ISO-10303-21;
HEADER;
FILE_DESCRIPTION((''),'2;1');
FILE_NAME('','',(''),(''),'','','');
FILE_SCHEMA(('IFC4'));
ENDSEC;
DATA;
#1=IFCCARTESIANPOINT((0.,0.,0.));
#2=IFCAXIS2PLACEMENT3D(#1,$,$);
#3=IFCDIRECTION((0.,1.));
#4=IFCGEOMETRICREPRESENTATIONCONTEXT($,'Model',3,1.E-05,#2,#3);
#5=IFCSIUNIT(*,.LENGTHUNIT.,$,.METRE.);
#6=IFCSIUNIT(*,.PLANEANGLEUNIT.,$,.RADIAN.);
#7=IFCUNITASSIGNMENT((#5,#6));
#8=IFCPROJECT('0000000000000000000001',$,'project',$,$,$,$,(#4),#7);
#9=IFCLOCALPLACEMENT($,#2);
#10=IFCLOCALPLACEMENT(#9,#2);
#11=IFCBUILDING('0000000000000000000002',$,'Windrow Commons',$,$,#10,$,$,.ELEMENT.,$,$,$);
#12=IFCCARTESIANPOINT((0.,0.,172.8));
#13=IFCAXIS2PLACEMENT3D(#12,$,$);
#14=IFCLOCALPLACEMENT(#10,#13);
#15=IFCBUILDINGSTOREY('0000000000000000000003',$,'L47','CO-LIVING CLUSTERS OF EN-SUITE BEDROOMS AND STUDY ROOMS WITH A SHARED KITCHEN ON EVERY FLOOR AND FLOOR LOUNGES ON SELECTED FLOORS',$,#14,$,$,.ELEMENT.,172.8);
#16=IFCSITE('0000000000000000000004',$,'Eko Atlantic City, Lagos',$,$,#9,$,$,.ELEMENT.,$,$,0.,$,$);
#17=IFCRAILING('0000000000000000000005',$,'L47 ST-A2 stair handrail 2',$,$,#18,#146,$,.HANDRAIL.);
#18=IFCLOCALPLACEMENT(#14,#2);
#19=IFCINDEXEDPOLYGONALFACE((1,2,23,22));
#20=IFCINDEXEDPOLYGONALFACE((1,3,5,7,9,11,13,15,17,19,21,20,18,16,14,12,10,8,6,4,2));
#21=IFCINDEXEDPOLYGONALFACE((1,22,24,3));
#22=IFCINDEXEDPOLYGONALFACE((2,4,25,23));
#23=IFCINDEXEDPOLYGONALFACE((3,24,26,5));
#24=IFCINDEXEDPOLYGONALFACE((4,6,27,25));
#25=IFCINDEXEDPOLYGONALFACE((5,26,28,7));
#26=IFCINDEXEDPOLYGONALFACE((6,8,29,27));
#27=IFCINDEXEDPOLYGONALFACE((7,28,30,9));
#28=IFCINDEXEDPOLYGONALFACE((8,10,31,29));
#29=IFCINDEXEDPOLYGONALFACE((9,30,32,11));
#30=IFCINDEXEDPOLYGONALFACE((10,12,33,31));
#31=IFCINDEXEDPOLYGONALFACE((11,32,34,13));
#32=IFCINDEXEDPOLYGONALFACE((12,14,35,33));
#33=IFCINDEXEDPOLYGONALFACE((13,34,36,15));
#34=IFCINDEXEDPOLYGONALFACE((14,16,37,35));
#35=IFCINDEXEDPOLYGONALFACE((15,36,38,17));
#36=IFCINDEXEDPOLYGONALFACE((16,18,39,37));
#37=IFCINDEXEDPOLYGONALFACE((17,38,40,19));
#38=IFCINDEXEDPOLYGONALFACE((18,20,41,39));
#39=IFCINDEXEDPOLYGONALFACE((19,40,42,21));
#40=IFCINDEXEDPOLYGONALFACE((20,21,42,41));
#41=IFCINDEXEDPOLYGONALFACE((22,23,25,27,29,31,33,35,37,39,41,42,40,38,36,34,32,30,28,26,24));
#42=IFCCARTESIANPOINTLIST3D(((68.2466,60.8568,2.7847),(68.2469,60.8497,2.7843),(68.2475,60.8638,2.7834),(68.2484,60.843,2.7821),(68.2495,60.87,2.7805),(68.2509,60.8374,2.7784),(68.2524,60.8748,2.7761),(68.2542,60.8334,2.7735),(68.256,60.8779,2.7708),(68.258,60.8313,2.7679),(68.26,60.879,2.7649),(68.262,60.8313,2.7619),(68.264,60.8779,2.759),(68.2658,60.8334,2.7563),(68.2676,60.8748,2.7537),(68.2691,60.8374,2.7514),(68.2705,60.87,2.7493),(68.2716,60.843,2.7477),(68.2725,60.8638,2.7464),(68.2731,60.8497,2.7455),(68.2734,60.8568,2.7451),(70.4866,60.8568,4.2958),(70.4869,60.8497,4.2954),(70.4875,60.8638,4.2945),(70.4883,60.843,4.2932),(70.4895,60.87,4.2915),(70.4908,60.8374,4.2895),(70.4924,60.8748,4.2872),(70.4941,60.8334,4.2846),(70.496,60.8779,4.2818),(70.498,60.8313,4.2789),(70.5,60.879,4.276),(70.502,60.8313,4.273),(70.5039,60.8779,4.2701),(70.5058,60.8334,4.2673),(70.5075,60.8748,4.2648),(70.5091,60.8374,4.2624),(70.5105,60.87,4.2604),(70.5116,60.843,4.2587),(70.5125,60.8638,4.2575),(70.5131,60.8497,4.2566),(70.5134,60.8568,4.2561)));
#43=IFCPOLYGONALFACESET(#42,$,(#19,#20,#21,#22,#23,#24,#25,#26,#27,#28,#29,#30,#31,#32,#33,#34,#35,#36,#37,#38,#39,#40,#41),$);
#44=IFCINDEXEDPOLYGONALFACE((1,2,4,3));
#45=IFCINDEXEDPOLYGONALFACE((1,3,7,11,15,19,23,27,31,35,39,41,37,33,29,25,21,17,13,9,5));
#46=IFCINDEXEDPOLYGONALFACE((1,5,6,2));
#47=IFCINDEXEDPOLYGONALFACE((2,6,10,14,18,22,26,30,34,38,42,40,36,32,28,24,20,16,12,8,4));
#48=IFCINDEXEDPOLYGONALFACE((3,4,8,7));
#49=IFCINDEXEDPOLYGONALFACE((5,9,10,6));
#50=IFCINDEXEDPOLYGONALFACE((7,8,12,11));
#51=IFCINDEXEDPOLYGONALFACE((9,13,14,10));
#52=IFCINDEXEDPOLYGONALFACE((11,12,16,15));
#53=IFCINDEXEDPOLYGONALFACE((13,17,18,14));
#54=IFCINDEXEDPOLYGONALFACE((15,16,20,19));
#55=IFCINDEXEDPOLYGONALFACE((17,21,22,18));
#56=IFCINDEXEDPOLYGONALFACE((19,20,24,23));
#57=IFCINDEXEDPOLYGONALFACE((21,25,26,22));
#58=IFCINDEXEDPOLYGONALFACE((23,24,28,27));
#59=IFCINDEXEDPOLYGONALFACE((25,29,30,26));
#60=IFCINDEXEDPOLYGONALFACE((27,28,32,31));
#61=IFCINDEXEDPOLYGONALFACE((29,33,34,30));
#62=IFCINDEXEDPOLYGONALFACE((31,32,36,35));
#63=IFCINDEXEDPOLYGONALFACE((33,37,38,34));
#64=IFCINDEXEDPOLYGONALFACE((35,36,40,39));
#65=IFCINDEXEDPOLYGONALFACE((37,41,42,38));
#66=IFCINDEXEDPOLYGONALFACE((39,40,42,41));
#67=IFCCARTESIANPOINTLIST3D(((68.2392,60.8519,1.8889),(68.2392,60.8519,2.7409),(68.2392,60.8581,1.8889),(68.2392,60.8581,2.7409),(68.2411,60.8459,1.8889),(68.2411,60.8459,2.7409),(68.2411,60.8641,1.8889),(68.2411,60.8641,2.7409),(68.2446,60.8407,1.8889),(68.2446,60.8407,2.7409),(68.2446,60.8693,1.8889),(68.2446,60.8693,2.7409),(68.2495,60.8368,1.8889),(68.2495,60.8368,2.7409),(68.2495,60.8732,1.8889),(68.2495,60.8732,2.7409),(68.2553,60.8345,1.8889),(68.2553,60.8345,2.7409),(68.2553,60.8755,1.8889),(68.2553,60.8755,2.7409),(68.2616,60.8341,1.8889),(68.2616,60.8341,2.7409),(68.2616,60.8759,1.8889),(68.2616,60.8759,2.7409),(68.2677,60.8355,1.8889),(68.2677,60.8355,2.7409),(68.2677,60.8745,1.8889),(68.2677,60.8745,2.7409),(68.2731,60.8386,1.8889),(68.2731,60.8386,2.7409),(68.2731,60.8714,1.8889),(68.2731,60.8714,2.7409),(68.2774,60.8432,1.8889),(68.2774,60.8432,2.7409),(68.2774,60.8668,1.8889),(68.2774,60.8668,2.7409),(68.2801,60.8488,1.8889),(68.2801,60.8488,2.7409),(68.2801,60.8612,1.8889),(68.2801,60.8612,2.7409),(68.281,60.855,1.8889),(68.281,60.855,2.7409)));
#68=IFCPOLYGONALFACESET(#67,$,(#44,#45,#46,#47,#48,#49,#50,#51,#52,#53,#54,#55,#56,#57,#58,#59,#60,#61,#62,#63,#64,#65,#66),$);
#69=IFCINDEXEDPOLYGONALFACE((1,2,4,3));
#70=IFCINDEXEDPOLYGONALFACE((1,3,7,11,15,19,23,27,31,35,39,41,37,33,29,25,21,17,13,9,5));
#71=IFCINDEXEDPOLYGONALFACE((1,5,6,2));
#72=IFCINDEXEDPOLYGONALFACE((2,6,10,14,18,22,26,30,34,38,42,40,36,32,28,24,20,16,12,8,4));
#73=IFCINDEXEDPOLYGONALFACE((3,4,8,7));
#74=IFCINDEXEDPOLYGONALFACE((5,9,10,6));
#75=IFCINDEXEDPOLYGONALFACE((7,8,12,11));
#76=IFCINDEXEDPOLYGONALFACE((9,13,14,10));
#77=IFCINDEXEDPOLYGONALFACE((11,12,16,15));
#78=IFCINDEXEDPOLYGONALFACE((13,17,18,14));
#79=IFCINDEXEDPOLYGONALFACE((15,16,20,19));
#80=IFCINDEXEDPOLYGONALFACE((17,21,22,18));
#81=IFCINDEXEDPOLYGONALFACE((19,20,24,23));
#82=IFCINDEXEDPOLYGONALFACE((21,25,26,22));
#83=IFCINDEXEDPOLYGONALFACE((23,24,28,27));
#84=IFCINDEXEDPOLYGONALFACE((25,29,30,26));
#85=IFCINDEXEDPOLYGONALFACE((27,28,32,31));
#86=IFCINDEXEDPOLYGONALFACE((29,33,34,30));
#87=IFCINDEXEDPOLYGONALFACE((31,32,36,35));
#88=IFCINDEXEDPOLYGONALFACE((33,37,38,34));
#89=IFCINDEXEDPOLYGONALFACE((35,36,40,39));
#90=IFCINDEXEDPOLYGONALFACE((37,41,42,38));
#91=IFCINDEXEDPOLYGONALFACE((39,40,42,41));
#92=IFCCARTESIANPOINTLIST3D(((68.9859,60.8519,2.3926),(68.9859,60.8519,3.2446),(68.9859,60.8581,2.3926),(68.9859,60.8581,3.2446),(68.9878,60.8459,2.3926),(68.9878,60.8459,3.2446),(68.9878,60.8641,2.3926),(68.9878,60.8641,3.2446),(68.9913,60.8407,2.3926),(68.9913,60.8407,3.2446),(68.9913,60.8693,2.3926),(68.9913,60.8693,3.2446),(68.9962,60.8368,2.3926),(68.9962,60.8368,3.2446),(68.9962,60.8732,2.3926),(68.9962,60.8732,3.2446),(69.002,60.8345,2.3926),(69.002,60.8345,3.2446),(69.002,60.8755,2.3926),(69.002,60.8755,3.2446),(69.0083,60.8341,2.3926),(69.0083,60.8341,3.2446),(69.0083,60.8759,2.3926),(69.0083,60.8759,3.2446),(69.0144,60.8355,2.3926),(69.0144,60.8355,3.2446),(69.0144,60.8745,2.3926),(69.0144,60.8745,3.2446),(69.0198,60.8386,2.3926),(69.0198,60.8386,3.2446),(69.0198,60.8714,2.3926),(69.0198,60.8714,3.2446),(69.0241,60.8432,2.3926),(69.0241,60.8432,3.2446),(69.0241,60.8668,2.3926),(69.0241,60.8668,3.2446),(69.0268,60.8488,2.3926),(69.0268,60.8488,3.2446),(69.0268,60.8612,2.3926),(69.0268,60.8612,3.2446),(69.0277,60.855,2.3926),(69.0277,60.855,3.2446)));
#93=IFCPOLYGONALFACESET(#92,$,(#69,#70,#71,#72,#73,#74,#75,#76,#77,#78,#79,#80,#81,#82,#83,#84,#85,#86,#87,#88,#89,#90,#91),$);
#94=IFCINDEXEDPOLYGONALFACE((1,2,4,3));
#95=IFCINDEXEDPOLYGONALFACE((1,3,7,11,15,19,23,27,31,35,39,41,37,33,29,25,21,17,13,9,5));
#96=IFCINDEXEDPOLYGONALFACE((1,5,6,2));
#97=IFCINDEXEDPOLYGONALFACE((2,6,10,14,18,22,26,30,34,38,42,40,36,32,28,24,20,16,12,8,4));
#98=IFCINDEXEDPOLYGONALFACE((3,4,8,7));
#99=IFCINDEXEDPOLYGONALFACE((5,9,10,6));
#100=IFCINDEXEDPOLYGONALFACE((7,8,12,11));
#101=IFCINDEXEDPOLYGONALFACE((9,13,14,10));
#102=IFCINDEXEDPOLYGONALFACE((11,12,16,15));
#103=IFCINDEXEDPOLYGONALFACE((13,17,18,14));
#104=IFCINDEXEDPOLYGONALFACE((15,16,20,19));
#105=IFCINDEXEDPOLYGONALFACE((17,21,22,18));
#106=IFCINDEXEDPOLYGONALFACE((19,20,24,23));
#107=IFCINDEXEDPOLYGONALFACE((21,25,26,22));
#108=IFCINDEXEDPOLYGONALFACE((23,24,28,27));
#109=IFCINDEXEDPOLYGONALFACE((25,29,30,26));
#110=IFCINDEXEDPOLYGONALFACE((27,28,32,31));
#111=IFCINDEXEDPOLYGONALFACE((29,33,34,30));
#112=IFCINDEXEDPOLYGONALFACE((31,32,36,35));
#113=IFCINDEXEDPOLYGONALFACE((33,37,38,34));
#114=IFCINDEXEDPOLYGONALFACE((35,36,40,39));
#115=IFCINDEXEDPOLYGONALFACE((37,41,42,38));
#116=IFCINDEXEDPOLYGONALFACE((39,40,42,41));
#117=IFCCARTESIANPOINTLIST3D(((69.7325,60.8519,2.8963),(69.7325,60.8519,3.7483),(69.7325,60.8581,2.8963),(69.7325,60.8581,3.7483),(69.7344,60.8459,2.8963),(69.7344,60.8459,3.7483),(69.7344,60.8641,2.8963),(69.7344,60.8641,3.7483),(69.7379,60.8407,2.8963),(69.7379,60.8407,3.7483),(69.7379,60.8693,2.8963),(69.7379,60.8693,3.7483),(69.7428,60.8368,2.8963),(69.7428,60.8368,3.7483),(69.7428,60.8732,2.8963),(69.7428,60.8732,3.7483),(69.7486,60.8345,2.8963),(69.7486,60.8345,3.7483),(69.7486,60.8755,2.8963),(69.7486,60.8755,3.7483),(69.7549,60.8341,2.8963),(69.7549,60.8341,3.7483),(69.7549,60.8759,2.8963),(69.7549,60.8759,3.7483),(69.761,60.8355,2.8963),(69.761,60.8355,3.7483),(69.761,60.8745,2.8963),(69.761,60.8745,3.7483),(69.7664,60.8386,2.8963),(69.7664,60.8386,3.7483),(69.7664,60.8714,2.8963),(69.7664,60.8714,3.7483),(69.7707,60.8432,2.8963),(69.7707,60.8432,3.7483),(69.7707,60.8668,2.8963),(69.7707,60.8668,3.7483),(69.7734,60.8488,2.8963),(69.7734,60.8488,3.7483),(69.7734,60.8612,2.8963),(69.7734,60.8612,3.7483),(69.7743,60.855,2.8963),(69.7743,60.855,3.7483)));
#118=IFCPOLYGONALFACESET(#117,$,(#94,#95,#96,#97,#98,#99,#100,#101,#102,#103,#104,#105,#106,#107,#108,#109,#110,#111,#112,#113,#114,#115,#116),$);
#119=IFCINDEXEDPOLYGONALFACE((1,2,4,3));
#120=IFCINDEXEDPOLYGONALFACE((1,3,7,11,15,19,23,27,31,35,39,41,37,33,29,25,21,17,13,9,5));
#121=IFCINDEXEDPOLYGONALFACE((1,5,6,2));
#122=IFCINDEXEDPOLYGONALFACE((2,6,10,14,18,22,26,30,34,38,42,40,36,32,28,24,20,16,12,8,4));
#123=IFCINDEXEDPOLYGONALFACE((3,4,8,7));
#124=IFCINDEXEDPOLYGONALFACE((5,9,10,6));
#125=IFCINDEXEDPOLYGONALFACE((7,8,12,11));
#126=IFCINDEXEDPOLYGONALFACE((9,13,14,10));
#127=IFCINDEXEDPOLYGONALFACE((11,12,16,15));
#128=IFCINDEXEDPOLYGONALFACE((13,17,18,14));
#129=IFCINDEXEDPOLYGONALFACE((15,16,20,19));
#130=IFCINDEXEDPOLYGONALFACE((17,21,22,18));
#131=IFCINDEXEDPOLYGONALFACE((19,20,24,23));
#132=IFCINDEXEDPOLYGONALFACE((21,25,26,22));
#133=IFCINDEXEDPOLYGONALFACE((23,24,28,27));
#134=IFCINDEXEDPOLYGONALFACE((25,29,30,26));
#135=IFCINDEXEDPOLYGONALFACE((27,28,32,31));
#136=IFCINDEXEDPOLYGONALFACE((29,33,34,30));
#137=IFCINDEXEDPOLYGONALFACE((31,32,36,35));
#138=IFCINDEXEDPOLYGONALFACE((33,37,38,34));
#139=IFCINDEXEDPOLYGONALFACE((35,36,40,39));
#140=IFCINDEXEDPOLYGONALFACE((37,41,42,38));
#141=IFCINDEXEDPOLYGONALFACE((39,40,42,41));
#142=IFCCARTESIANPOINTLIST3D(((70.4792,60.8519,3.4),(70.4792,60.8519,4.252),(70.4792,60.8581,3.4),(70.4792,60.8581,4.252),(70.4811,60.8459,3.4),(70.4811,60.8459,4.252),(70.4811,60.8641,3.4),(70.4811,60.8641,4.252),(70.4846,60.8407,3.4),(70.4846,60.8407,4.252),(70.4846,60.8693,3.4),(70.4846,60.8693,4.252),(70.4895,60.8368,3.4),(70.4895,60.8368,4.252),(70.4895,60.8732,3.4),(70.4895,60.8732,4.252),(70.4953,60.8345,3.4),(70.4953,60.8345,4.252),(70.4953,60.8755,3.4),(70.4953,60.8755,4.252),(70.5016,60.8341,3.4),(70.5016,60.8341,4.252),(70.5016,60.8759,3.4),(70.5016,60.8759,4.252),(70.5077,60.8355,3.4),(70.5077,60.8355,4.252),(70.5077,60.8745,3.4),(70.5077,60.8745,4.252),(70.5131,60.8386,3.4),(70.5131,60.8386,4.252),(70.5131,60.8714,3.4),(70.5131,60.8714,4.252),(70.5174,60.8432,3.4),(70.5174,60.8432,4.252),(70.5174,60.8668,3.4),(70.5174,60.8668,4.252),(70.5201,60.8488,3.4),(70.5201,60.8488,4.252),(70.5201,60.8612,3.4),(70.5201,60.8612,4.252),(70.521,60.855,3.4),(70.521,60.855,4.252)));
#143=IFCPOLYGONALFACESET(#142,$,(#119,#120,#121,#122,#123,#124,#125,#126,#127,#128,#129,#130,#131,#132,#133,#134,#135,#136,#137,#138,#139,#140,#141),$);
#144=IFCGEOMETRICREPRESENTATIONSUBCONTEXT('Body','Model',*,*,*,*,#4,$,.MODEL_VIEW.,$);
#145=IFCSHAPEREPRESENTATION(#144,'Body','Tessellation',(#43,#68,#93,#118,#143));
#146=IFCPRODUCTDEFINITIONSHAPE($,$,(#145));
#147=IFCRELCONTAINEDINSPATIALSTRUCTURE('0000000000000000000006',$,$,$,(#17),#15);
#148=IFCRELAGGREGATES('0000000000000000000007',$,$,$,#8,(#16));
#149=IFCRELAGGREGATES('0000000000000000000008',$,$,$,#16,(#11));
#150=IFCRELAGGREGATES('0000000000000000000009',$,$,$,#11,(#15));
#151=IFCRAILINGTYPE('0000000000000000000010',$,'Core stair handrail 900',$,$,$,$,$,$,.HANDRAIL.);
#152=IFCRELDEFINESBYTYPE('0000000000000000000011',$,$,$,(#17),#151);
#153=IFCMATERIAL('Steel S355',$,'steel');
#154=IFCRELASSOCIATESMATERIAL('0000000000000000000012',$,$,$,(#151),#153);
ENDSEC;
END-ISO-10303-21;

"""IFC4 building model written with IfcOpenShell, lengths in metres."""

from ifc_helpers import new_model, si_unit, direction, frame, origin, origin_2d, place, context, subcontext, project, spatial, circle, extrude, material, type_object, element, save


model = new_model("IFC4")

# Units and contexts
model_context = context("Model", 3, precision=1e-05, world=origin(), true_north=direction((0.0, 1.0)))
body_context = subcontext(model_context, "Body", "Model", "MODEL_VIEW")
ifc_project = project(units=[si_unit("LENGTHUNIT", "METRE"), si_unit("PLANEANGLEUNIT", "RADIAN")], contexts=[model_context])

# Site, building, storey
site_placement = place(None, origin())
site = spatial("IfcSite", under=ifc_project, at=site_placement, Name="Eko Atlantic City, Lagos", CompositionType="ELEMENT", RefElevation=0.0)
building_placement = place(site_placement, origin())
building = spatial("IfcBuilding", under=site, at=building_placement, Name="Windrow Commons", CompositionType="ELEMENT")
storey_placement = place(building_placement, frame((0.0, 0.0, 172.8)))
storey = spatial("IfcBuildingStorey", under=building, at=storey_placement, Name="L47", Description="CO-LIVING CLUSTERS OF EN-SUITE BEDROOMS AND STUDY ROOMS WITH A SHARED KITCHEN ON EVERY FLOOR AND FLOOR LOUNGES ON SELECTED FLOORS", CompositionType="ELEMENT", Elevation=172.8)

# Railing
ifc_material_1 = material(Name="Steel S355", Category="steel")
railing_type_1 = type_object("IfcRailingType", Name="Core stair handrail 900", PredefinedType="HANDRAIL", material=ifc_material_1)
railing_1_placement = place(storey_placement, frame((68.26, 60.855, 1.8889)))
element("IfcRailing", 1, at=railing_1_placement, inside=storey, type_object=railing_type_1, Name="L47 ST-A2 stair handrail 2", PredefinedType="HANDRAIL", context=body_context, shape_type="SweptSolid", body=[
    extrude(circle(Radius=0.024, at=origin_2d()), frame((0.0, 0.0, 0.876), z_axis=(0.829003, 0.0, 0.559244), x_axis=(0.0, 1.0, 0.0)), (0.0, 0.0, 1.0), 2.702),
    extrude(circle(Radius=0.021, at=origin_2d()), origin(), (0.0, 0.0, 1.0), 0.852),
    extrude(circle(Radius=0.021, at=origin_2d()), frame((0.7467, 0.0, 0.5037)), (0.0, 0.0, 1.0), 0.852),
    extrude(circle(Radius=0.021, at=origin_2d()), frame((1.4933, 0.0, 1.0074)), (0.0, 0.0, 1.0), 0.852),
    extrude(circle(Radius=0.021, at=origin_2d()), frame((2.24, 0.0, 1.5111)), (0.0, 0.0, 1.0), 0.852),
])

save(model, "model.ifc")
